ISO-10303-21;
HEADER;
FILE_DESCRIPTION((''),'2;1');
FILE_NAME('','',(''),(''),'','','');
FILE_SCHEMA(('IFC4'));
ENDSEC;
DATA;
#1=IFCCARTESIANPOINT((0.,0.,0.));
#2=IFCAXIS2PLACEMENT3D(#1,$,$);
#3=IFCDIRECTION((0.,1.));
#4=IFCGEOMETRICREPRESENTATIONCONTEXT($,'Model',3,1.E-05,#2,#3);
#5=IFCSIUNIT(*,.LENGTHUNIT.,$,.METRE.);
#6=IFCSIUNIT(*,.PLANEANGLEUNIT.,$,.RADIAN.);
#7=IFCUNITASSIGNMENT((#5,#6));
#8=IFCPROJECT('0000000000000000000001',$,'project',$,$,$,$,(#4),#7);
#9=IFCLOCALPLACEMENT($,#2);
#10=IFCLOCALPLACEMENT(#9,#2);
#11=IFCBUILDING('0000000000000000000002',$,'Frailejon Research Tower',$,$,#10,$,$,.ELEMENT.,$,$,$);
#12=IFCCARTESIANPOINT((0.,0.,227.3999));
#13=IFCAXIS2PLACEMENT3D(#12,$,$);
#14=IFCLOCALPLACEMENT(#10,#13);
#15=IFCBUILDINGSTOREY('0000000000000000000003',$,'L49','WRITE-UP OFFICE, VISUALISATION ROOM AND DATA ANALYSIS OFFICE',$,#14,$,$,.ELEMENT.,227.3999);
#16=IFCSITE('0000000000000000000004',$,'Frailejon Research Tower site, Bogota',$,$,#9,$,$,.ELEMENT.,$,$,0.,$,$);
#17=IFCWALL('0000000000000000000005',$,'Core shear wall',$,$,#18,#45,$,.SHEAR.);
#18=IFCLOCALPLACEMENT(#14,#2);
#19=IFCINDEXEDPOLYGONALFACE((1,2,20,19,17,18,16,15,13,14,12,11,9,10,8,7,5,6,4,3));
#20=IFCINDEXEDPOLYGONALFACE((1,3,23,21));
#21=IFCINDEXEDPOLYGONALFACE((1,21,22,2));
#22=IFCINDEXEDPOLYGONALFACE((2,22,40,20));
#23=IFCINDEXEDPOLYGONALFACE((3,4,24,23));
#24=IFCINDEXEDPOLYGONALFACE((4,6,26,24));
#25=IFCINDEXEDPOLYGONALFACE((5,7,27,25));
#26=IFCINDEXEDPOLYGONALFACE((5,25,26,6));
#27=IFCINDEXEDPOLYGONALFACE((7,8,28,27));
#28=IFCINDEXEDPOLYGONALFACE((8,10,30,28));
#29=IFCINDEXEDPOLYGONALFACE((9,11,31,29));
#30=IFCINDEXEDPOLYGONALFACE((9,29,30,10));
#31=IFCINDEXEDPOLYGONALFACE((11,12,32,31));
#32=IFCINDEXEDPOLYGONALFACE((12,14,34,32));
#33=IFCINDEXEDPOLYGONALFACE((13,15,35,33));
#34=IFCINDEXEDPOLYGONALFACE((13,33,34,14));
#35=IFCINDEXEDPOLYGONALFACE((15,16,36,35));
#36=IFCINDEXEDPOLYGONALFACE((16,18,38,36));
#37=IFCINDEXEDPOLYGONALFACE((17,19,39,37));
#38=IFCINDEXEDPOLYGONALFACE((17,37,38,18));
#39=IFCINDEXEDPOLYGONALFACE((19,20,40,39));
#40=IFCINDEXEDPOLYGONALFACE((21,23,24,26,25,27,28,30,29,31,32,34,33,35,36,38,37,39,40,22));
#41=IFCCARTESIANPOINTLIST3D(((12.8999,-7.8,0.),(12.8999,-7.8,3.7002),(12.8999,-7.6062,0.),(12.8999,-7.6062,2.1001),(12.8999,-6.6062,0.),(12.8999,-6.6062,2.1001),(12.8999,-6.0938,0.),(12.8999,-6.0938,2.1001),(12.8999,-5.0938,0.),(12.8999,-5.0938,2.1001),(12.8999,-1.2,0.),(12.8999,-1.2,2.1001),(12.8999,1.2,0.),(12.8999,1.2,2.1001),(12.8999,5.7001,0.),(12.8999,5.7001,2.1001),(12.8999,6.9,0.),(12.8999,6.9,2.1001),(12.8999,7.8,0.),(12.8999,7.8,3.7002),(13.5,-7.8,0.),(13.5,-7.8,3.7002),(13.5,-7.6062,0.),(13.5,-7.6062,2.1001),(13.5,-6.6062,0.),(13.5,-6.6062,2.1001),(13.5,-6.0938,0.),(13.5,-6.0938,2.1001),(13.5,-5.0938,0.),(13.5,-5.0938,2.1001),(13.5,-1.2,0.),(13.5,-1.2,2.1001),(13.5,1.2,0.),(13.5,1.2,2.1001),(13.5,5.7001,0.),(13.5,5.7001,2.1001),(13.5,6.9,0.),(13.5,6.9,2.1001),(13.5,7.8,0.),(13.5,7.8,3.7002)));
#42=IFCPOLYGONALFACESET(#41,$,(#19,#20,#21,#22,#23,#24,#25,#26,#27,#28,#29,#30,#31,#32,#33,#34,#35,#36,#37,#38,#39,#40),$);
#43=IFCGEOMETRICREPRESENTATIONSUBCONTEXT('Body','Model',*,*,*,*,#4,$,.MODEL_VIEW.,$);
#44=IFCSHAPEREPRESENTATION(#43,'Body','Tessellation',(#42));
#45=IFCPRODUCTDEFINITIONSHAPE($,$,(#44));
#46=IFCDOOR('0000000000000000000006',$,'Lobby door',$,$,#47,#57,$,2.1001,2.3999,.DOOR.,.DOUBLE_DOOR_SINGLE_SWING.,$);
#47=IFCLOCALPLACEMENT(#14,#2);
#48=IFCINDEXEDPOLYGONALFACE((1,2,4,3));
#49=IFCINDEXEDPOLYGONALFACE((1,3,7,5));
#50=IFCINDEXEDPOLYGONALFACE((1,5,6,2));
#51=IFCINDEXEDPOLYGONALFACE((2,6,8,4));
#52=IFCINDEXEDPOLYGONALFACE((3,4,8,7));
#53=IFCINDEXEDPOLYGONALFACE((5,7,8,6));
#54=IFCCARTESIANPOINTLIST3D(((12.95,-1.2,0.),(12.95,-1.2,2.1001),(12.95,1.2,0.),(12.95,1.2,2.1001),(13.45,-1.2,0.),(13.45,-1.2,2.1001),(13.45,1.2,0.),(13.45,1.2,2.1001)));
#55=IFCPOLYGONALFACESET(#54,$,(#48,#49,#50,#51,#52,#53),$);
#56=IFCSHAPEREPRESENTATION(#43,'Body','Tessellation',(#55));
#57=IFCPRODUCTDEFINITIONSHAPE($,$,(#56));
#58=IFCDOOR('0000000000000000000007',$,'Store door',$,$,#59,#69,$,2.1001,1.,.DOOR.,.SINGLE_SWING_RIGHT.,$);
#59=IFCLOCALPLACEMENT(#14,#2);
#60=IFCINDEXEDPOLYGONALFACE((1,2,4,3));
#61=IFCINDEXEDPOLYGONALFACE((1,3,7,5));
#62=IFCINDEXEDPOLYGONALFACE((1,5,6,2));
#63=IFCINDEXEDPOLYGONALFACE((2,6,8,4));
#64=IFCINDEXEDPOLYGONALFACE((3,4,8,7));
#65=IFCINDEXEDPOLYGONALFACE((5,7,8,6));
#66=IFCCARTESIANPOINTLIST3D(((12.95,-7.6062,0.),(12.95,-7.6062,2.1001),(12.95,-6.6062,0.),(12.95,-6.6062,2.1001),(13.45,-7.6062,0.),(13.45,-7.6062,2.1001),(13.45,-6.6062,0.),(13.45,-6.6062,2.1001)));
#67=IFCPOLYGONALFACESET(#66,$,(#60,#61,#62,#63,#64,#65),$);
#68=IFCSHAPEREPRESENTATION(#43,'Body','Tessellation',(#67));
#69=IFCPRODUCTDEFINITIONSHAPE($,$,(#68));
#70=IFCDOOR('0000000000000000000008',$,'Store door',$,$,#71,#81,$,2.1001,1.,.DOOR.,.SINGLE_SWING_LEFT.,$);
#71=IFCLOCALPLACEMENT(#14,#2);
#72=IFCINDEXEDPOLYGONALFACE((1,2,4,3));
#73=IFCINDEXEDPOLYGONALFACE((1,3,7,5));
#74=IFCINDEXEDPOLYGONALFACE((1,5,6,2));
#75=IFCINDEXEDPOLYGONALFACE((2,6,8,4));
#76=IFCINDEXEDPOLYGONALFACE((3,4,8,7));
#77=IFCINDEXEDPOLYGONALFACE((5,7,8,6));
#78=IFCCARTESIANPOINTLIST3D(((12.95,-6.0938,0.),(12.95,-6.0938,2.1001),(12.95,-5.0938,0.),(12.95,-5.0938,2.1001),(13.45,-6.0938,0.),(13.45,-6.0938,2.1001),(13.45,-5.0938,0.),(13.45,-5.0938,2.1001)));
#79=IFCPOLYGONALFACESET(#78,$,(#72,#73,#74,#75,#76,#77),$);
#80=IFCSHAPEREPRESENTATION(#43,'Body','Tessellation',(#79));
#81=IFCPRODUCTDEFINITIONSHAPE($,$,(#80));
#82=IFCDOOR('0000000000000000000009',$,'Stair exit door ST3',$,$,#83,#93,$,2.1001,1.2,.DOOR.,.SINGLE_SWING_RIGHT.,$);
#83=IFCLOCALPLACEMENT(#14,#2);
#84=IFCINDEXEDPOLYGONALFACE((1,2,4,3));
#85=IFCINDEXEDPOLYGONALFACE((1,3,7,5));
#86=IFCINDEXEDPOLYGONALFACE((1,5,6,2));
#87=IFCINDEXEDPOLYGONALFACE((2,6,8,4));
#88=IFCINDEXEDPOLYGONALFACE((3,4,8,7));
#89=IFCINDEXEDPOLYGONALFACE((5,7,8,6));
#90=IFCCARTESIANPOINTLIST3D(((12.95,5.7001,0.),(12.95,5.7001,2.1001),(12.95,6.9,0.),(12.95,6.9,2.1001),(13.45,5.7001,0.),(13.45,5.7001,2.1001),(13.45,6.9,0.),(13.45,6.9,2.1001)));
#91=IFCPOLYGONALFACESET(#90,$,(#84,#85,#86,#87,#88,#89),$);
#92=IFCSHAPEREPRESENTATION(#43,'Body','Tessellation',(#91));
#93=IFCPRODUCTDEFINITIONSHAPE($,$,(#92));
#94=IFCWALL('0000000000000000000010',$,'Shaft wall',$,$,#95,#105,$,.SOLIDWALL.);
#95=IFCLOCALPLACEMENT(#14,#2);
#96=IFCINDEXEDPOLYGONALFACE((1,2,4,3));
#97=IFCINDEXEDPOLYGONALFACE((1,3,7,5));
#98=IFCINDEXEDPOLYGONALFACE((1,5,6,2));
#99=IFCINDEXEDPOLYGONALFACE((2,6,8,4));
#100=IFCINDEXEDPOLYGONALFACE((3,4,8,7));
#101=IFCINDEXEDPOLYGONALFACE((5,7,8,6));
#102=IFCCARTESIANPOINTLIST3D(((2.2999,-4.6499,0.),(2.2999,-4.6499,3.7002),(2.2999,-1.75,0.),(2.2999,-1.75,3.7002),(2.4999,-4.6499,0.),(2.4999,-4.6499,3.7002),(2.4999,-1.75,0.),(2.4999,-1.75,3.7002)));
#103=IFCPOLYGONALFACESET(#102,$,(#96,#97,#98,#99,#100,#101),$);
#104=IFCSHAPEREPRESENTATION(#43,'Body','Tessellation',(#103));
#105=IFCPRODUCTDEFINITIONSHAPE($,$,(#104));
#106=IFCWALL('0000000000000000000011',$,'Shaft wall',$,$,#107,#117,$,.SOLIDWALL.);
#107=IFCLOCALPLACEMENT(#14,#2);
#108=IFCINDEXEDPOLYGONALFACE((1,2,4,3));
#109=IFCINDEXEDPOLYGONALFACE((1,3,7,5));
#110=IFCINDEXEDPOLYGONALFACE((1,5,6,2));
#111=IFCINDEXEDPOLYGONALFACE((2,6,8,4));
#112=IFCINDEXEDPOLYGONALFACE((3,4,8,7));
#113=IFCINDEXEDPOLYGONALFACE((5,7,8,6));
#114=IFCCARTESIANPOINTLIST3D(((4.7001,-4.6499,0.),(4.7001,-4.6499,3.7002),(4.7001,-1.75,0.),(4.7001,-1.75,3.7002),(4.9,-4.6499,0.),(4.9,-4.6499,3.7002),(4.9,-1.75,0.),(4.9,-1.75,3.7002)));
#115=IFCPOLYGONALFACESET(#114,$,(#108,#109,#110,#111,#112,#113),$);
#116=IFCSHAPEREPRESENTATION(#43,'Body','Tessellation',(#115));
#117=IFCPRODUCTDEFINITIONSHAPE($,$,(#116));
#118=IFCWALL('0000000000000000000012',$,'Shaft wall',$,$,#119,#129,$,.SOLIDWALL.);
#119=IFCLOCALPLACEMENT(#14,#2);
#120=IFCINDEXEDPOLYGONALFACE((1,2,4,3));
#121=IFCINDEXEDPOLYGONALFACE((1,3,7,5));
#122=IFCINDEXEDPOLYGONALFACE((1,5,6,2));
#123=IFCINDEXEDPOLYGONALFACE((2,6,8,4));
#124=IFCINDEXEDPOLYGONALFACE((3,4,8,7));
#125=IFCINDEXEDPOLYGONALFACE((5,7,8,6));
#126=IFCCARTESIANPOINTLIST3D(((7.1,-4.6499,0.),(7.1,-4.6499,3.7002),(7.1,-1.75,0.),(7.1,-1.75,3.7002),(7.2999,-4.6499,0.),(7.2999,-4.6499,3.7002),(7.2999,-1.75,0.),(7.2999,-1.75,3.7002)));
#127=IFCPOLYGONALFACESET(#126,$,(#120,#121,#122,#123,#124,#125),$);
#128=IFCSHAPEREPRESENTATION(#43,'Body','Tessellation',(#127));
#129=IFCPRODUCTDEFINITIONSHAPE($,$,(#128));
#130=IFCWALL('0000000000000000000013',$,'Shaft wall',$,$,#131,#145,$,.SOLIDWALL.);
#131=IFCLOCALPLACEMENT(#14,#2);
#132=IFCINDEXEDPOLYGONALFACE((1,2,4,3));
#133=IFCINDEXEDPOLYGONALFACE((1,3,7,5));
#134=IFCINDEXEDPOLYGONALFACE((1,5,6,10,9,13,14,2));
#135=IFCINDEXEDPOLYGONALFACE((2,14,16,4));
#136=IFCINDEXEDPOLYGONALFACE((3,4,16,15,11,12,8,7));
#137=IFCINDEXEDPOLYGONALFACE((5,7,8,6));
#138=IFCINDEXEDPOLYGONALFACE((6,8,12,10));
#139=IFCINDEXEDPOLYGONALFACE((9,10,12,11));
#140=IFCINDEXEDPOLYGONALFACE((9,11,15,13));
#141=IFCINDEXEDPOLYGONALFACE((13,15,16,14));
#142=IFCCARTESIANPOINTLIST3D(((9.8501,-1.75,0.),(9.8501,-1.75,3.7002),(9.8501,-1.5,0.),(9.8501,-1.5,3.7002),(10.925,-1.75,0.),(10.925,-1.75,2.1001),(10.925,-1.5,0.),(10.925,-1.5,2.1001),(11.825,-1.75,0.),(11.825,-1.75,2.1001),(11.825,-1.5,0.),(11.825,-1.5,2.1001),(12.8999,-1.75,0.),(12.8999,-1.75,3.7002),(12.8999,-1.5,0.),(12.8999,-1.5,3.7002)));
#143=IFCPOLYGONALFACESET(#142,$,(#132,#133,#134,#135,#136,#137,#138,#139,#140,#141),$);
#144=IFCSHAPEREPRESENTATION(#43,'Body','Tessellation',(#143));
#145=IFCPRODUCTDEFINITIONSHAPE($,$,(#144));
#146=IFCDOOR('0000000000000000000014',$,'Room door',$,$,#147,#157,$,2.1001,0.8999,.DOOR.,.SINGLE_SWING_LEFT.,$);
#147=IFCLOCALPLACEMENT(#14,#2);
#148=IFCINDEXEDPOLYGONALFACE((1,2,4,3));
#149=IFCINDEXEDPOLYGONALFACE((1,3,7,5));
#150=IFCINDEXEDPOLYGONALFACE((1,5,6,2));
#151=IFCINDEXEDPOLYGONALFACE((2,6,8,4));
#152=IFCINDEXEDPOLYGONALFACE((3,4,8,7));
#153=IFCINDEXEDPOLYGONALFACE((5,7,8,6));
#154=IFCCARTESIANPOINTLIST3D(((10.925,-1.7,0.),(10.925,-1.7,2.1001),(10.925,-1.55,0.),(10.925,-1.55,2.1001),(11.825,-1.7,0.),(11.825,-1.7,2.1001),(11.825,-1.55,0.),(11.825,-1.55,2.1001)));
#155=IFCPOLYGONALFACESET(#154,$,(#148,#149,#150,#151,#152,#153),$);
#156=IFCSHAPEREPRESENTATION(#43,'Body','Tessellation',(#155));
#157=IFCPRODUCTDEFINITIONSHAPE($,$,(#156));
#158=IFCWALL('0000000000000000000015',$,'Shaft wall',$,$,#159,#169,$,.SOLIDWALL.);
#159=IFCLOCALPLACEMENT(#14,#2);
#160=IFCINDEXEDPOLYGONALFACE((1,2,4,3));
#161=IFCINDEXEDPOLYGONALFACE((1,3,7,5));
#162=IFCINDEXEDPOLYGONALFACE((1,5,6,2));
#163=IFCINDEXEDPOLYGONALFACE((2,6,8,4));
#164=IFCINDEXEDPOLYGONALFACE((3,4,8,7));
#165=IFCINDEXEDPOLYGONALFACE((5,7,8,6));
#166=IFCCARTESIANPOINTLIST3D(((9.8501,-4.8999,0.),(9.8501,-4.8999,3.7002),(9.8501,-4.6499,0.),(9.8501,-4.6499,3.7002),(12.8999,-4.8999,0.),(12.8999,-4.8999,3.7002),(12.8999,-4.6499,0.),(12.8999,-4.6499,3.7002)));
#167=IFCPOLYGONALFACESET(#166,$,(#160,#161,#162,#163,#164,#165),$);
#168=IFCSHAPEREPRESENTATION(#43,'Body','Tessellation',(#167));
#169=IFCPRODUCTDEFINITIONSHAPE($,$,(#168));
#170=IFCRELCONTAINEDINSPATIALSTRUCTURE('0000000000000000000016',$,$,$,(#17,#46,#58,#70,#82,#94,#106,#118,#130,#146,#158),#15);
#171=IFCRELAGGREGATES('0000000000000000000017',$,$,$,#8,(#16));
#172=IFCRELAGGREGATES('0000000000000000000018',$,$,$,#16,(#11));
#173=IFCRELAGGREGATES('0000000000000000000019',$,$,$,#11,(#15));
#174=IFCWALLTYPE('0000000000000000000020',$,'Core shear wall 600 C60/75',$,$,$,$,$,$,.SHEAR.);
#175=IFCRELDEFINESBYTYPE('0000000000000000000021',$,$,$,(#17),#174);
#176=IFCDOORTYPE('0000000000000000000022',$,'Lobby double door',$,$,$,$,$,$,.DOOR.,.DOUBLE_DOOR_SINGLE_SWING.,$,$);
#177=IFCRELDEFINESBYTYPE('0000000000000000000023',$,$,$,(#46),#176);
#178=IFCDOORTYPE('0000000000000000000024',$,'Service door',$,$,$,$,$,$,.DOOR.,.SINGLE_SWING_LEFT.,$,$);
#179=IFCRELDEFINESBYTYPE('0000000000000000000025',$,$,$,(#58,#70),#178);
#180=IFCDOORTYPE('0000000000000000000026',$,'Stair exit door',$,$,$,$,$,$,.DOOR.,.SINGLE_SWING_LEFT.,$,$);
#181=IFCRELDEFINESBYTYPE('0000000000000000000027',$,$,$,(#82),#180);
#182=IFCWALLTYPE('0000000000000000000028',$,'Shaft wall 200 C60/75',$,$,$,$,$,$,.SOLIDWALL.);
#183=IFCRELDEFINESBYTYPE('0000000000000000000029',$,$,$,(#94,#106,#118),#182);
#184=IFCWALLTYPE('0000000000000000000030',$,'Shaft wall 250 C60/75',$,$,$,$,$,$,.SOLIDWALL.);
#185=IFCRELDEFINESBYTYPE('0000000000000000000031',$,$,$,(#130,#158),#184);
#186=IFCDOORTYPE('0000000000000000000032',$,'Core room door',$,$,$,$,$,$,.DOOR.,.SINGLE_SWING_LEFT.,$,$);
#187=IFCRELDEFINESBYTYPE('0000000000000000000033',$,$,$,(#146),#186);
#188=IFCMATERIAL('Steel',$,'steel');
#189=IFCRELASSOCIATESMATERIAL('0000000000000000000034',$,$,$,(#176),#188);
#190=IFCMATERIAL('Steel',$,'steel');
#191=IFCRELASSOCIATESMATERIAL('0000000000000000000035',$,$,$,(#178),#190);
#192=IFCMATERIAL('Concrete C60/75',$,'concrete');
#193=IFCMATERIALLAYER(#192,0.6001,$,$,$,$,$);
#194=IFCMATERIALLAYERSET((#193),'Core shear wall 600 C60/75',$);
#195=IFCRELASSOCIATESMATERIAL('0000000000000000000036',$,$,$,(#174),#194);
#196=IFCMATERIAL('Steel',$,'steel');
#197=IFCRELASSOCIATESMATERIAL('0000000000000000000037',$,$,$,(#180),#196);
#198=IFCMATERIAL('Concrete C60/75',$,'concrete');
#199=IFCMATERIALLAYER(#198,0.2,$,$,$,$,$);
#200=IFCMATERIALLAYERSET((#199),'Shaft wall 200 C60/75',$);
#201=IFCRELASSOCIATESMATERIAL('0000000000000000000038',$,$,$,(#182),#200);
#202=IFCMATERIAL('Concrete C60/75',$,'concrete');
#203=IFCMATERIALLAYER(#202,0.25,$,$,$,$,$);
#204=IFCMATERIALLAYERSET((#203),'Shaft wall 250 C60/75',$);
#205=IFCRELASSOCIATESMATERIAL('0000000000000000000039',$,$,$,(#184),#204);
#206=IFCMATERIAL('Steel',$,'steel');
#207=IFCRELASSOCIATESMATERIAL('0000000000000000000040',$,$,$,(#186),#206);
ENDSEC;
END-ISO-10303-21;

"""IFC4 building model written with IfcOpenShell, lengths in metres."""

from ifc_helpers import new_model, si_unit, direction, frame, frame_2d, origin, place, context, subcontext, project, spatial, rectangle, extrude, material, layer, layer_set, type_object, element, fill, save


model = new_model("IFC4")

# Units and contexts
model_context = context("Model", 3, precision=1e-05, world=origin(), true_north=direction((0.0, 1.0)))
body_context = subcontext(model_context, "Body", "Model", "MODEL_VIEW")
ifc_project = project(units=[si_unit("LENGTHUNIT", "METRE"), si_unit("PLANEANGLEUNIT", "RADIAN")], contexts=[model_context])

# Site, building, storey
site_placement = place(None, origin())
site = spatial("IfcSite", under=ifc_project, at=site_placement, Name="Frailejon Research Tower site, Bogota", CompositionType="ELEMENT", RefElevation=0.0)
building_placement = place(site_placement, origin())
building = spatial("IfcBuilding", under=site, at=building_placement, Name="Frailejon Research Tower", CompositionType="ELEMENT")
storey_placement = place(building_placement, frame((0.0, 0.0, 227.3999)))
storey = spatial("IfcBuildingStorey", under=building, at=storey_placement, Name="L49", Description="WRITE-UP OFFICE, VISUALISATION ROOM AND DATA ANALYSIS OFFICE", CompositionType="ELEMENT", Elevation=227.3999)

# Wall, openings, doors
ifc_material_1 = material(Name="Steel", Category="steel")
door_type_1 = type_object("IfcDoorType", Name="Lobby double door", OperationType="DOUBLE_DOOR_SINGLE_SWING", PredefinedType="DOOR", material=ifc_material_1)
ifc_material_2 = material(Name="Steel", Category="steel")
door_type_2 = type_object("IfcDoorType", Name="Service door", OperationType="SINGLE_SWING_LEFT", PredefinedType="DOOR", material=ifc_material_2)
ifc_material_3 = material(Name="Concrete C60/75", Category="concrete")
ifc_layer_1 = layer(ifc_material_3, 0.6001)
ifc_layer_set_1 = layer_set([ifc_layer_1], Name="Core shear wall 600 C60/75")
wall_type_1 = type_object("IfcWallType", Name="Core shear wall 600 C60/75", PredefinedType="SHEAR", material=ifc_layer_set_1)
wall_1_placement = place(storey_placement, frame((13.2, -7.8, 0.0), z_axis=(0.0, 0.0, 1.0), x_axis=(0.0, 1.0, 0.0)))
wall_1 = element("IfcWall", 1, at=wall_1_placement, inside=storey, type_object=wall_type_1, Name="Core shear wall", PredefinedType="SHEAR", context=body_context, shape_type="SweptSolid", body=[
    extrude(rectangle(XDim=15.6001, YDim=0.6001, at=frame_2d((7.8, 0.0))), origin(), (0.0, 0.0, 1.0), 3.7002),
])
opening_1_placement = place(wall_1_placement, frame((6.6001, 0.0, 0.0)))
opening_1 = element("IfcOpeningElement", 2, at=opening_1_placement, cuts=wall_1, PredefinedType="OPENING", context=body_context, shape_type="SweptSolid", body=[
    extrude(rectangle(XDim=2.3999, YDim=2.1001, at=frame_2d((1.2, 1.05))), frame((0.0, 0.3101, 0.0), z_axis=(0.0, -1.0, 0.0), x_axis=(1.0, 0.0, 0.0)), (0.0, 0.0, 1.0), 0.6201),
])
opening_2_placement = place(wall_1_placement, frame((13.5, 0.0, 0.0)))
opening_2 = element("IfcOpeningElement", 3, at=opening_2_placement, cuts=wall_1, PredefinedType="OPENING", context=body_context, shape_type="SweptSolid", body=[
    extrude(rectangle(XDim=1.2, YDim=2.1001, at=frame_2d((0.6001, 1.05))), frame((0.0, 0.3101, 0.0), z_axis=(0.0, -1.0, 0.0), x_axis=(1.0, 0.0, 0.0)), (0.0, 0.0, 1.0), 0.6201),
])
opening_3_placement = place(wall_1_placement, frame((0.1938, 0.0, 0.0)))
opening_3 = element("IfcOpeningElement", 4, at=opening_3_placement, cuts=wall_1, PredefinedType="OPENING", context=body_context, shape_type="SweptSolid", body=[
    extrude(rectangle(XDim=1.0, YDim=2.1001, at=frame_2d((0.5, 1.05))), frame((0.0, 0.3101, 0.0), z_axis=(0.0, -1.0, 0.0), x_axis=(1.0, 0.0, 0.0)), (0.0, 0.0, 1.0), 0.6201),
])
opening_4_placement = place(wall_1_placement, frame((1.7063, 0.0, 0.0)))
opening_4 = element("IfcOpeningElement", 5, at=opening_4_placement, cuts=wall_1, PredefinedType="OPENING", context=body_context, shape_type="SweptSolid", body=[
    extrude(rectangle(XDim=1.0, YDim=2.1001, at=frame_2d((0.5, 1.05))), frame((0.0, 0.3101, 0.0), z_axis=(0.0, -1.0, 0.0), x_axis=(1.0, 0.0, 0.0)), (0.0, 0.0, 1.0), 0.6201),
])
door_1_placement = place(opening_1_placement, origin())
door_1 = element("IfcDoor", 6, at=door_1_placement, inside=storey, type_object=door_type_1, Name="Lobby door", OperationType="DOUBLE_DOOR_SINGLE_SWING", OverallHeight=2.1001, OverallWidth=2.3999, PredefinedType="DOOR", context=body_context, shape_type="SweptSolid", body=[
    extrude(rectangle(XDim=2.3999, YDim=2.1001, at=frame_2d((1.2, 1.05))), frame((0.0, 0.25, 0.0), z_axis=(0.0, -1.0, 0.0), x_axis=(1.0, 0.0, 0.0)), (0.0, 0.0, 1.0), 0.5),
])
fill(opening_1, door_1)
door_2_placement = place(opening_3_placement, origin())
door_2 = element("IfcDoor", 7, at=door_2_placement, inside=storey, type_object=door_type_2, Name="Store door", OperationType="SINGLE_SWING_RIGHT", OverallHeight=2.1001, OverallWidth=1.0, PredefinedType="DOOR", context=body_context, shape_type="SweptSolid", body=[
    extrude(rectangle(XDim=1.0, YDim=2.1001, at=frame_2d((0.5, 1.05))), frame((0.0, 0.25, 0.0), z_axis=(0.0, -1.0, 0.0), x_axis=(1.0, 0.0, 0.0)), (0.0, 0.0, 1.0), 0.5),
])
fill(opening_3, door_2)
door_3_placement = place(opening_4_placement, origin())
door_3 = element("IfcDoor", 8, at=door_3_placement, inside=storey, type_object=door_type_2, Name="Store door", OperationType="SINGLE_SWING_LEFT", OverallHeight=2.1001, OverallWidth=1.0, PredefinedType="DOOR", context=body_context, shape_type="SweptSolid", body=[
    extrude(rectangle(XDim=1.0, YDim=2.1001, at=frame_2d((0.5, 1.05))), frame((0.0, 0.25, 0.0), z_axis=(0.0, -1.0, 0.0), x_axis=(1.0, 0.0, 0.0)), (0.0, 0.0, 1.0), 0.5),
])
fill(opening_4, door_3)
ifc_material_4 = material(Name="Steel", Category="steel")
door_type_3 = type_object("IfcDoorType", Name="Stair exit door", OperationType="SINGLE_SWING_LEFT", PredefinedType="DOOR", material=ifc_material_4)
door_4_placement = place(opening_2_placement, origin())
door_4 = element("IfcDoor", 9, at=door_4_placement, inside=storey, type_object=door_type_3, Name="Stair exit door ST3", OperationType="SINGLE_SWING_RIGHT", OverallHeight=2.1001, OverallWidth=1.2, PredefinedType="DOOR", context=body_context, shape_type="SweptSolid", body=[
    extrude(rectangle(XDim=1.2, YDim=2.1001, at=frame_2d((0.6001, 1.05))), frame((0.0, 0.25, 0.0), z_axis=(0.0, -1.0, 0.0), x_axis=(1.0, 0.0, 0.0)), (0.0, 0.0, 1.0), 0.5),
])
fill(opening_2, door_4)

# Walls
ifc_material_5 = material(Name="Concrete C60/75", Category="concrete")
ifc_layer_2 = layer(ifc_material_5, 0.2)
ifc_layer_set_2 = layer_set([ifc_layer_2], Name="Shaft wall 200 C60/75")
wall_type_2 = type_object("IfcWallType", Name="Shaft wall 200 C60/75", PredefinedType="SOLIDWALL", material=ifc_layer_set_2)
for number, where, z_axis, x_axis, name in (
    (10, (2.3999, -4.6499, 0.0), (0.0, 0.0, 1.0), (0.0, 1.0, 0.0), "Shaft wall"),
    (11, (4.8, -4.6499, 0.0), (0.0, 0.0, 1.0), (0.0, 1.0, 0.0), "Shaft wall"),
    (12, (7.2, -4.6499, 0.0), (0.0, 0.0, 1.0), (0.0, 1.0, 0.0), "Shaft wall"),
):
    element("IfcWall", number, at=place(storey_placement, frame(where, z_axis=z_axis, x_axis=x_axis)), inside=storey, type_object=wall_type_2, Name=name, PredefinedType="SOLIDWALL", context=body_context, shape_type="SweptSolid", body=[
        extrude(rectangle(XDim=2.8999, YDim=0.2, at=frame_2d((1.45, 0.0))), origin(), (0.0, 0.0, 1.0), 3.7002),
    ])

# Wall, opening, door
ifc_material_6 = material(Name="Concrete C60/75", Category="concrete")
ifc_layer_3 = layer(ifc_material_6, 0.25)
ifc_layer_set_3 = layer_set([ifc_layer_3], Name="Shaft wall 250 C60/75")
wall_type_3 = type_object("IfcWallType", Name="Shaft wall 250 C60/75", PredefinedType="SOLIDWALL", material=ifc_layer_set_3)
wall_2_placement = place(storey_placement, frame((9.8501, -1.625, 0.0), z_axis=(0.0, 0.0, 1.0), x_axis=(1.0, 0.0, 0.0)))
wall_2 = element("IfcWall", 13, at=wall_2_placement, inside=storey, type_object=wall_type_3, Name="Shaft wall", PredefinedType="SOLIDWALL", context=body_context, shape_type="SweptSolid", body=[
    extrude(rectangle(XDim=3.0498, YDim=0.25, at=frame_2d((1.5249, 0.0))), origin(), (0.0, 0.0, 1.0), 3.7002),
])
opening_5_placement = place(wall_2_placement, frame((1.075, 0.0, 0.0)))
opening_5 = element("IfcOpeningElement", 14, at=opening_5_placement, cuts=wall_2, PredefinedType="OPENING", context=body_context, shape_type="SweptSolid", body=[
    extrude(rectangle(XDim=0.8999, YDim=2.1001, at=frame_2d((0.45, 1.05))), frame((0.0, 0.135, 0.0), z_axis=(0.0, -1.0, 0.0), x_axis=(1.0, 0.0, 0.0)), (0.0, 0.0, 1.0), 0.27),
])
ifc_material_7 = material(Name="Steel", Category="steel")
door_type_4 = type_object("IfcDoorType", Name="Core room door", OperationType="SINGLE_SWING_LEFT", PredefinedType="DOOR", material=ifc_material_7)
door_5_placement = place(opening_5_placement, origin())
door_5 = element("IfcDoor", 15, at=door_5_placement, inside=storey, type_object=door_type_4, Name="Room door", OperationType="SINGLE_SWING_LEFT", OverallHeight=2.1001, OverallWidth=0.8999, PredefinedType="DOOR", context=body_context, shape_type="SweptSolid", body=[
    extrude(rectangle(XDim=0.8999, YDim=2.1001, at=frame_2d((0.45, 1.05))), frame((0.0, 0.075, 0.0), z_axis=(0.0, -1.0, 0.0), x_axis=(1.0, 0.0, 0.0)), (0.0, 0.0, 1.0), 0.1499),
])
fill(opening_5, door_5)

# Wall
wall_3_placement = place(storey_placement, frame((9.8501, -4.7749, 0.0), z_axis=(0.0, 0.0, 1.0), x_axis=(1.0, 0.0, 0.0)))
element("IfcWall", 16, at=wall_3_placement, inside=storey, type_object=wall_type_3, Name="Shaft wall", PredefinedType="SOLIDWALL", context=body_context, shape_type="SweptSolid", body=[
    extrude(rectangle(XDim=3.0498, YDim=0.25, at=frame_2d((1.5249, 0.0))), origin(), (0.0, 0.0, 1.0), 3.7002),
])

save(model, "model.ifc")
